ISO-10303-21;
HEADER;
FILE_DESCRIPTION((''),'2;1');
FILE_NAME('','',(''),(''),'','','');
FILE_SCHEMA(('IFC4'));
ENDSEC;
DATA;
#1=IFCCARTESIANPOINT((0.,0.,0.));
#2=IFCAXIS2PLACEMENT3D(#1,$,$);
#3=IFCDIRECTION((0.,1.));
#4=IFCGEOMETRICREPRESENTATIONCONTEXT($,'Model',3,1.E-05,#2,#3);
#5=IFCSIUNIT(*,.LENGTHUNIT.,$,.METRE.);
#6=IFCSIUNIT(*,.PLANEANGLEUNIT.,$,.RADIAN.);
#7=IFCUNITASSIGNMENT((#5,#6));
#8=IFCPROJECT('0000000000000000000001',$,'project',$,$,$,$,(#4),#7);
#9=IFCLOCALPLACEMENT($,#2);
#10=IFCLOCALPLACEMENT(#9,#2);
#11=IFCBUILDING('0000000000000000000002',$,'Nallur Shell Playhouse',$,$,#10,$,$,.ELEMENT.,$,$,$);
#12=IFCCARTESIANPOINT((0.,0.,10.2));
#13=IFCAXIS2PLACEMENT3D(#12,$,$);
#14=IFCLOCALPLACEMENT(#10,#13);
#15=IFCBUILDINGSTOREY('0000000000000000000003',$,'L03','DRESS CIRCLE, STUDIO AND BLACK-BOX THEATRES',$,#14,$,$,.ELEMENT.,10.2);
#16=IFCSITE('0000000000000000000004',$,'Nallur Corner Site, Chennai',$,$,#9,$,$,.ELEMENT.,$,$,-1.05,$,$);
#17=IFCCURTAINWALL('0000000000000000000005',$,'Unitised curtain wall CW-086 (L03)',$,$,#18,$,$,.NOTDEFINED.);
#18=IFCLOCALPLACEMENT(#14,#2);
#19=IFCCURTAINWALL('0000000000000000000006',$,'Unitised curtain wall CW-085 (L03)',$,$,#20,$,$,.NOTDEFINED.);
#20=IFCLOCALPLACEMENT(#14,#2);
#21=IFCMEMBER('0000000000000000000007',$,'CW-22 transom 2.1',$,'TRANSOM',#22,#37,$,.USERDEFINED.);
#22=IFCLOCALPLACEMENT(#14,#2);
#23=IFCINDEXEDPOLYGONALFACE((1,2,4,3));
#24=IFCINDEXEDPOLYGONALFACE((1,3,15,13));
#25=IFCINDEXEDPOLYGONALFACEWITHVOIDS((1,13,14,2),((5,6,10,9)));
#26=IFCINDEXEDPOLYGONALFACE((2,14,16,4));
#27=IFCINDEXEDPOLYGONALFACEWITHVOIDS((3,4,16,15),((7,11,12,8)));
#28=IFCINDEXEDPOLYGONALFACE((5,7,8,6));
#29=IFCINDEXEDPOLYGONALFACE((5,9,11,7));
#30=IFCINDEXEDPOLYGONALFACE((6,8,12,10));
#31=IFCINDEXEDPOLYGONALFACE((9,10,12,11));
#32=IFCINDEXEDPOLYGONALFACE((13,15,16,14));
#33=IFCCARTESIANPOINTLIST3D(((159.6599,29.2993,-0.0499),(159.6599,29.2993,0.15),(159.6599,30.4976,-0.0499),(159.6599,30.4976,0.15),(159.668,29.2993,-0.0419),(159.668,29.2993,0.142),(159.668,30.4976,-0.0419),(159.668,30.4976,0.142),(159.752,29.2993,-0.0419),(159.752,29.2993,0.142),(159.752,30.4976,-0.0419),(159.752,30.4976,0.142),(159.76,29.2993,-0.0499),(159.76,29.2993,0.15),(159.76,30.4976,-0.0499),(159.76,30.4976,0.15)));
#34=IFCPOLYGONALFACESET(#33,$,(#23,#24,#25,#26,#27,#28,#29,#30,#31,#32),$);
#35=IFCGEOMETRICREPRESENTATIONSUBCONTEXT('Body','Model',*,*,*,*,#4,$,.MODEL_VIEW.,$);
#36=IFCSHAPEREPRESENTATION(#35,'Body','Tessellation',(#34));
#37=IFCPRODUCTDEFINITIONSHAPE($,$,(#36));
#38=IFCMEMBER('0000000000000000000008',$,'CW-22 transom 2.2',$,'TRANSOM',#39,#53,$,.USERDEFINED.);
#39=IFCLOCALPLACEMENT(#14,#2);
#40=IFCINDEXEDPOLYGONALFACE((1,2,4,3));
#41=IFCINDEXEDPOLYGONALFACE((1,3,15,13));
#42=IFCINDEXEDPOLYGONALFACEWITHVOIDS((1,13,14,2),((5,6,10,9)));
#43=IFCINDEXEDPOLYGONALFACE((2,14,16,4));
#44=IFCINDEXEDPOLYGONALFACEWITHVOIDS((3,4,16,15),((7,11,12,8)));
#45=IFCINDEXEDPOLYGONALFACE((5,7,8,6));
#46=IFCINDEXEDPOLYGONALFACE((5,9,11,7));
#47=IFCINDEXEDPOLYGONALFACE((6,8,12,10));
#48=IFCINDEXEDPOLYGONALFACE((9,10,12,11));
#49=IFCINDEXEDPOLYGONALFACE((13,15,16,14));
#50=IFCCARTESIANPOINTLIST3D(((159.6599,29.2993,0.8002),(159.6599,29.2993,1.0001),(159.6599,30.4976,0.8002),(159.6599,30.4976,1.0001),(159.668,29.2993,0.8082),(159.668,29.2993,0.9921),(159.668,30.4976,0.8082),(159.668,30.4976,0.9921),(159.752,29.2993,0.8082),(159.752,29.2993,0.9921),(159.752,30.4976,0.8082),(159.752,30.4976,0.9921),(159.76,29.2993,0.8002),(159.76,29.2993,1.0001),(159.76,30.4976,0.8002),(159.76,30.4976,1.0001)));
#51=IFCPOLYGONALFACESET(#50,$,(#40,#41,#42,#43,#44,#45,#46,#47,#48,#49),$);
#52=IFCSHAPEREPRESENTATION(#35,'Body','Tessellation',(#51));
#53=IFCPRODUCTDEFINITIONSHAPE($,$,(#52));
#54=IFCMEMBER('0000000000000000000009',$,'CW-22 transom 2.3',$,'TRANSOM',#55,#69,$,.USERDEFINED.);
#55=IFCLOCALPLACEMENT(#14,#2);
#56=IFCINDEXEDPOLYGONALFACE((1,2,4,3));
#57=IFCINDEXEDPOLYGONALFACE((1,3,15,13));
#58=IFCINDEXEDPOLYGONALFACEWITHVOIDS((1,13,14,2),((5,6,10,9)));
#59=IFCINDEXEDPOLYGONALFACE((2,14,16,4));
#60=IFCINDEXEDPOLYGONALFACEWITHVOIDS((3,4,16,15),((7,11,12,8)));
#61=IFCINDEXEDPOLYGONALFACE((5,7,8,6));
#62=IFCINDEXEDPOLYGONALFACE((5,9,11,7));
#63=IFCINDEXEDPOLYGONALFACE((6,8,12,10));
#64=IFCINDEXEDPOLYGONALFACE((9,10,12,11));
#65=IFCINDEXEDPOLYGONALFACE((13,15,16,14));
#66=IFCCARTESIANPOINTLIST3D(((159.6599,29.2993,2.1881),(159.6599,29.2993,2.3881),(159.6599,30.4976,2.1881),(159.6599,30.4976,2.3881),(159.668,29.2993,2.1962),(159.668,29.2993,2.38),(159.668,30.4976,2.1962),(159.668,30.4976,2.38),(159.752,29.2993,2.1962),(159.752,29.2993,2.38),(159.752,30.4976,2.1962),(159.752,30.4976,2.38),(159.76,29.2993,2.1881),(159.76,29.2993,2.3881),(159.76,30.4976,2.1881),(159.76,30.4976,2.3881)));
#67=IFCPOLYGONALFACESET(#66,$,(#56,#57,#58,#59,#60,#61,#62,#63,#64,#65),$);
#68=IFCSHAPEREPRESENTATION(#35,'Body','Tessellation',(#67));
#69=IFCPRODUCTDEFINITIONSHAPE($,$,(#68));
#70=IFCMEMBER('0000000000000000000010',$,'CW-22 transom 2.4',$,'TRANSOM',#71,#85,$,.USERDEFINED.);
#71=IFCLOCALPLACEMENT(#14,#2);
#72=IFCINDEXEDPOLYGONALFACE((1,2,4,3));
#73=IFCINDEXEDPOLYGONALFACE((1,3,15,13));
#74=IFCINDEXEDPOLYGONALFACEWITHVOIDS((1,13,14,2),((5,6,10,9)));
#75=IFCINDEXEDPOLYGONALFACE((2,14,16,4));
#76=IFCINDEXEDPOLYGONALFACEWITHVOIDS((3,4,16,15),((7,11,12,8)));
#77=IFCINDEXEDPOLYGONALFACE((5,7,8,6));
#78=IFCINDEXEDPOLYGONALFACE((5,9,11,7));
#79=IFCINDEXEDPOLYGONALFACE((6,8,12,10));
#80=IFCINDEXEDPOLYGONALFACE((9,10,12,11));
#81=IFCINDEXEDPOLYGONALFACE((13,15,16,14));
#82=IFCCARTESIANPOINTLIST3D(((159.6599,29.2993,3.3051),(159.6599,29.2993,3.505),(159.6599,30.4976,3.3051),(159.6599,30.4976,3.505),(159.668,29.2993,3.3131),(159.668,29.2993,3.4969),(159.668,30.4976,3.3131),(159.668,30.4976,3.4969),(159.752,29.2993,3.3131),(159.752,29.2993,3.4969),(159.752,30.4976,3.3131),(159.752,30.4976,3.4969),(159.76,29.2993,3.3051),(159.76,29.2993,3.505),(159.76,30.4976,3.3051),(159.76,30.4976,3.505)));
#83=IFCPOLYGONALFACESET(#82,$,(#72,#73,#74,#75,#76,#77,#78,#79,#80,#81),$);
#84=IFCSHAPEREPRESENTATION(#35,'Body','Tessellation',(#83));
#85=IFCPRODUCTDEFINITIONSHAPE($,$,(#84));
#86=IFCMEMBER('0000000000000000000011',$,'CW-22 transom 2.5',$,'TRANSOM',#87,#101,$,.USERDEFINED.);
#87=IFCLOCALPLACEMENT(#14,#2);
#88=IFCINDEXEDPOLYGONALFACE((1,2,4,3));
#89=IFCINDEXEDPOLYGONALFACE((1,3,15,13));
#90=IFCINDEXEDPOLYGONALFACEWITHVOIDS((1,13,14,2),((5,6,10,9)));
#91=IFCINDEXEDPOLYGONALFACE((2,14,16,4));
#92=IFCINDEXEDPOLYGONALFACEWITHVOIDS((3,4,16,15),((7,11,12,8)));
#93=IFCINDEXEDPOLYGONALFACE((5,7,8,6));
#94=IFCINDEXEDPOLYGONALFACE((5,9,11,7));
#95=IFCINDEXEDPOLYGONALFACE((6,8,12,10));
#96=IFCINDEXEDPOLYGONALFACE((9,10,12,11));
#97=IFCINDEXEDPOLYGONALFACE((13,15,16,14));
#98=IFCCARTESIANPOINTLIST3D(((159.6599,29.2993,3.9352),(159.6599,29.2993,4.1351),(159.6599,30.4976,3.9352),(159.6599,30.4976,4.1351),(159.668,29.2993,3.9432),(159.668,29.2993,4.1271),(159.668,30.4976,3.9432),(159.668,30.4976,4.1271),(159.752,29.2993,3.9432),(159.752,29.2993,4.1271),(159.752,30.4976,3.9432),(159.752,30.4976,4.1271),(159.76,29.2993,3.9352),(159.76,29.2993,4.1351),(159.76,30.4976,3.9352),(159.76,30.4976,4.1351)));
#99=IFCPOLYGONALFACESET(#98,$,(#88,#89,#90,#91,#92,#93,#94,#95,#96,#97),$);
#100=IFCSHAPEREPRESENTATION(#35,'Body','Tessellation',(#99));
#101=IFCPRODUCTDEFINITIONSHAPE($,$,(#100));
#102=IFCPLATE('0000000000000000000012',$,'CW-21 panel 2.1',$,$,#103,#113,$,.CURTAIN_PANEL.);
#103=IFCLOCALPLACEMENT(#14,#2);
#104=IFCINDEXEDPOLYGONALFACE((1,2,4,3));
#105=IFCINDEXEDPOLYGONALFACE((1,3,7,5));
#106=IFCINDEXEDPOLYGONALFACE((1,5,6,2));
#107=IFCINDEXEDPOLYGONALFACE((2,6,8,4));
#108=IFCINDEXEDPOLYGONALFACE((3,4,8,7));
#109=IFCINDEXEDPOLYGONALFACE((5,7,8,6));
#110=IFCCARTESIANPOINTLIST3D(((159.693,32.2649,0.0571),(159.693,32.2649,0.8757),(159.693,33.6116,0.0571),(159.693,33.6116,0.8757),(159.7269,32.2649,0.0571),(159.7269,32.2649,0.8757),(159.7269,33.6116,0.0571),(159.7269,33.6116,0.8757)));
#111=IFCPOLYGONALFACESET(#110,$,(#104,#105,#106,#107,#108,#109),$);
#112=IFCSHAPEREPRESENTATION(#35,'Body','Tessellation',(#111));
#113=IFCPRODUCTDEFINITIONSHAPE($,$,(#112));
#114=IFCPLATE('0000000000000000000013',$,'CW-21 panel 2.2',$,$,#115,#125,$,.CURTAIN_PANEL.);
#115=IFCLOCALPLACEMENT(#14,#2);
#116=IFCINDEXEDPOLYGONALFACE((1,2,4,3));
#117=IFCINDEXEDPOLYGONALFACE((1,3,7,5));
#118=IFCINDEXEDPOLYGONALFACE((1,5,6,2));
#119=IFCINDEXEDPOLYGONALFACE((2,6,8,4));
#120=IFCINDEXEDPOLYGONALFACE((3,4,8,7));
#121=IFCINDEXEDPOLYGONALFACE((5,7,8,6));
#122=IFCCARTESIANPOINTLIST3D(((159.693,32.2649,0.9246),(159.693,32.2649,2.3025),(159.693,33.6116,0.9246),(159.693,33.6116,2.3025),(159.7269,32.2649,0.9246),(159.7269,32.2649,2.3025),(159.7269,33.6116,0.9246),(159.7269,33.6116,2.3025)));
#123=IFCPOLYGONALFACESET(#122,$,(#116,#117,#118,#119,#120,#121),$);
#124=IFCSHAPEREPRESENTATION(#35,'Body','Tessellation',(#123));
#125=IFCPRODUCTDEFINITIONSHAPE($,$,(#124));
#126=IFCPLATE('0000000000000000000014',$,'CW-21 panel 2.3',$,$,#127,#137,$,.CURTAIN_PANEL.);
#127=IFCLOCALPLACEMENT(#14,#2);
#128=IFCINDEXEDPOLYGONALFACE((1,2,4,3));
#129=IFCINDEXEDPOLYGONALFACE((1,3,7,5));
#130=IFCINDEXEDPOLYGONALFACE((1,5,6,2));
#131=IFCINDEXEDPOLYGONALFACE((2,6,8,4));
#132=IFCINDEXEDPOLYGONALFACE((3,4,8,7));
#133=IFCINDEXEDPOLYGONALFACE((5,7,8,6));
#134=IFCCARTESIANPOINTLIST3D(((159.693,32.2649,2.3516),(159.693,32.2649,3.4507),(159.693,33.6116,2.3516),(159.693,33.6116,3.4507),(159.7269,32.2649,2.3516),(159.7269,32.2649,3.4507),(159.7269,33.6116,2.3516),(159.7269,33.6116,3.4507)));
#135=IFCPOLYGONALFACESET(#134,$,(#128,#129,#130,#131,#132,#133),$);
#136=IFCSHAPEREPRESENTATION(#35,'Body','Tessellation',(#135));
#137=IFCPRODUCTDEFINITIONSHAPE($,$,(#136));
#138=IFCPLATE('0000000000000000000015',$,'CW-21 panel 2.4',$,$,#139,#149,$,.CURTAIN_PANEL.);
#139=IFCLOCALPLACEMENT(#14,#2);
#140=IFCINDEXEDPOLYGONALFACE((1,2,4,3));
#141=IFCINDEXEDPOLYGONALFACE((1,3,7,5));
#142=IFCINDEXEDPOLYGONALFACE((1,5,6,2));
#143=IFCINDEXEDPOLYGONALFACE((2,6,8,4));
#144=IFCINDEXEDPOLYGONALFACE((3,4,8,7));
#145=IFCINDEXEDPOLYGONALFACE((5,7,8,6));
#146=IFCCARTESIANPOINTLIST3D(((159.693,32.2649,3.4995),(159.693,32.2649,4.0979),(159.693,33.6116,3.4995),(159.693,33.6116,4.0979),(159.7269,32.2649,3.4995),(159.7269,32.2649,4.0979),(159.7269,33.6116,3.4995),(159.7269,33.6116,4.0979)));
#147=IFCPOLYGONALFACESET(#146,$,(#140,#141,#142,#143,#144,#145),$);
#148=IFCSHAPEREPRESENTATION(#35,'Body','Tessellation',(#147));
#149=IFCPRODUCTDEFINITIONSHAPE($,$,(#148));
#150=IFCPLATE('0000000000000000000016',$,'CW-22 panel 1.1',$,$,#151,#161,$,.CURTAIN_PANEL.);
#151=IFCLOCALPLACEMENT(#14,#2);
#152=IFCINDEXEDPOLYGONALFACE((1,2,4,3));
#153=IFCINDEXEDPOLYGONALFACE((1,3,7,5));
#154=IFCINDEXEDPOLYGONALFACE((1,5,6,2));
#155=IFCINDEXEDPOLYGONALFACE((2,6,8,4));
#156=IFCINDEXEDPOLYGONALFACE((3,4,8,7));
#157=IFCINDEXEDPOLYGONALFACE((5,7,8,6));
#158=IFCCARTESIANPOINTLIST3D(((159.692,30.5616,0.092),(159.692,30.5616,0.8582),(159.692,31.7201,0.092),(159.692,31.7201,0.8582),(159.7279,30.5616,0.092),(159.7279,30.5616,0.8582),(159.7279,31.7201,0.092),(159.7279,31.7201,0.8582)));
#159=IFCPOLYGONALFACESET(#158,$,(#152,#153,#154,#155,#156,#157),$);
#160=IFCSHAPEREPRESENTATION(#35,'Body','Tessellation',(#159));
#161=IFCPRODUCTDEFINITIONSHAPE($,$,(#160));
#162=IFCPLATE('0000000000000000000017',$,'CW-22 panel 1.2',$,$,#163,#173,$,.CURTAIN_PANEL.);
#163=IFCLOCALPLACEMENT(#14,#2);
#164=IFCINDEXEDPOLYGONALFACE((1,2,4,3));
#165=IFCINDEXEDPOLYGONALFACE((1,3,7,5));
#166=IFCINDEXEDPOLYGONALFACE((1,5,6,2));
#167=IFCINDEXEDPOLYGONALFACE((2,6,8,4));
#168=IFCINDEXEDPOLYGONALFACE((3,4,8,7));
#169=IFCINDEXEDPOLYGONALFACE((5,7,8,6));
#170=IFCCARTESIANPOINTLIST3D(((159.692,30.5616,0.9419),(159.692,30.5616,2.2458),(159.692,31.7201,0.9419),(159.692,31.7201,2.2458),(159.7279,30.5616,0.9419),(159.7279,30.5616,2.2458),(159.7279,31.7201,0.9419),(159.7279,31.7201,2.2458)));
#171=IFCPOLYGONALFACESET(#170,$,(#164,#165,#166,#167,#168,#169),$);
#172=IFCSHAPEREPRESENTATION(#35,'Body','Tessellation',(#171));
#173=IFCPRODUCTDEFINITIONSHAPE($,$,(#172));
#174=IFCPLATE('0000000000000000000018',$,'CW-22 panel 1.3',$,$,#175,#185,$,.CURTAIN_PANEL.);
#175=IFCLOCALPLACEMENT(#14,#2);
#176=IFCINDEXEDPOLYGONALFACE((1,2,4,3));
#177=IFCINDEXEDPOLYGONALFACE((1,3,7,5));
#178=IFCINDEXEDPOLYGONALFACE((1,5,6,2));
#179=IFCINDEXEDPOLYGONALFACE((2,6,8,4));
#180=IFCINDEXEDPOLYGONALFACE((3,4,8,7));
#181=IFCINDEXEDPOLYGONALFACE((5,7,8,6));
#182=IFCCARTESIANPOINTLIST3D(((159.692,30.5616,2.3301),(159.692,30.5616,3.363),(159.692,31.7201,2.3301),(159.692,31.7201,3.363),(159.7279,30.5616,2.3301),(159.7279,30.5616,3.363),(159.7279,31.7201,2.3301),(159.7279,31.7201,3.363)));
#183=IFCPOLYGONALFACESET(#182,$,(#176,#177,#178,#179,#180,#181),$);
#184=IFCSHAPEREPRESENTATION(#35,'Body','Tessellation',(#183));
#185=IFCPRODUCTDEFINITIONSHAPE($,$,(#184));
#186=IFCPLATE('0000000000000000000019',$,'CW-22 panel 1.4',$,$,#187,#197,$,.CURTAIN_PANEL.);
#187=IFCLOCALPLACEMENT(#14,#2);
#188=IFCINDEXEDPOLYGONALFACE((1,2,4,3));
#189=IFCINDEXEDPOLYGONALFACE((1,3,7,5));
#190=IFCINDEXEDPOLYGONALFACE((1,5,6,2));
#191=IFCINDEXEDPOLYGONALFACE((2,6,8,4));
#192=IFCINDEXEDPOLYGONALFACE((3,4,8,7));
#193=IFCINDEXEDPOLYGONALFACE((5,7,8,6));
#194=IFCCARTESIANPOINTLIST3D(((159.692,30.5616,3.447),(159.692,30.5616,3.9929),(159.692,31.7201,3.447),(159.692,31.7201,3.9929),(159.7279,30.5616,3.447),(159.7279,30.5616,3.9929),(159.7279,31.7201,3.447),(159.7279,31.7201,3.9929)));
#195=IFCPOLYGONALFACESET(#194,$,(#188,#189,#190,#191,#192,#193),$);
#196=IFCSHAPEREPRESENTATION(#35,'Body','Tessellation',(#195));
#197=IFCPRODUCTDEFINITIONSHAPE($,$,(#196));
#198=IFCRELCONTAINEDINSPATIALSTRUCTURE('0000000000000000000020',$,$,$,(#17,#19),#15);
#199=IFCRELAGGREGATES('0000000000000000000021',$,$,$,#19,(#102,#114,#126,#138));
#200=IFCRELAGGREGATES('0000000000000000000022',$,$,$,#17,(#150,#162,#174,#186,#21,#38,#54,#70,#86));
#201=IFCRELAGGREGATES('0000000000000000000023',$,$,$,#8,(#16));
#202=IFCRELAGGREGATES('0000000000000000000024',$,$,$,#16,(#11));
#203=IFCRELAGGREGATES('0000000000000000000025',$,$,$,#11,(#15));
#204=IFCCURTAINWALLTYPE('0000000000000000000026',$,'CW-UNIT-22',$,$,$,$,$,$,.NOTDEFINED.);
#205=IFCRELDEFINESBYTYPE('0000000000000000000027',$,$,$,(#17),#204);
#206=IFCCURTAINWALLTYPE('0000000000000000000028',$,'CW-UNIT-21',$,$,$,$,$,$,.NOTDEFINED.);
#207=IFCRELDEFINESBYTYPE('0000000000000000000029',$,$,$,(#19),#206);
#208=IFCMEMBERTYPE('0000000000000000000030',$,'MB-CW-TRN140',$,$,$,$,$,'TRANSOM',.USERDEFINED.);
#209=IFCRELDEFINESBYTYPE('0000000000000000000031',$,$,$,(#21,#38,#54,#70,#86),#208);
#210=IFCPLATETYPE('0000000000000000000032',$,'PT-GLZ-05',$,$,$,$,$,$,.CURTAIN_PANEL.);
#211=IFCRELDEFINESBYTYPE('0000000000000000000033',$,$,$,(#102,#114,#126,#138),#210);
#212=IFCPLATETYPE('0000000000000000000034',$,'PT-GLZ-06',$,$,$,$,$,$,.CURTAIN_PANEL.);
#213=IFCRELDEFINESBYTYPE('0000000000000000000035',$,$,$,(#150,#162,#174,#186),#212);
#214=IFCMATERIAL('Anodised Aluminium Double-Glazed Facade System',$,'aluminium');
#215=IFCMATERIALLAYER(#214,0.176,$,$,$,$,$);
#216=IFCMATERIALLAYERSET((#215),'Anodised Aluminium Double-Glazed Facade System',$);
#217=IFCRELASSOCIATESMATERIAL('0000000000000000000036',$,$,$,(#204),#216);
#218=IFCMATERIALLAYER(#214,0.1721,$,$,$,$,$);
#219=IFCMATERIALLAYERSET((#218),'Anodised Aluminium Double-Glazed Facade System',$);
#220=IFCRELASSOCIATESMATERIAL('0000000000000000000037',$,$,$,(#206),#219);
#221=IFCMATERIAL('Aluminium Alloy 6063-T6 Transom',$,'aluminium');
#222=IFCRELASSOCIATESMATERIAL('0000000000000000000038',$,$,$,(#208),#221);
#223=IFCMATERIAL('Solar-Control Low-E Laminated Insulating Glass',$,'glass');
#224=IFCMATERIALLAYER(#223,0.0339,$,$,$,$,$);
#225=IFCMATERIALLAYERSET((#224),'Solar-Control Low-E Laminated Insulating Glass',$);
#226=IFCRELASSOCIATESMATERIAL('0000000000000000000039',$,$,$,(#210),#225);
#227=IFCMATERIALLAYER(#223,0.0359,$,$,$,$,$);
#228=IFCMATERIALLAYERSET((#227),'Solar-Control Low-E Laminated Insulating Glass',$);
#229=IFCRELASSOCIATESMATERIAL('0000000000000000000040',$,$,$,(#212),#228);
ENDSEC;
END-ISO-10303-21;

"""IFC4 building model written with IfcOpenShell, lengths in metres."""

from ifc_helpers import new_model, si_unit, direction, frame, origin, origin_2d, place, context, subcontext, project, spatial, rectangle, hollow_rectangle, extrude, material, layer, layer_set, material_profile, profile_set, type_object, element, aggregate, save


model = new_model("IFC4")

# Units and contexts
model_context = context("Model", 3, precision=1e-05, world=origin(), true_north=direction((0.0, 1.0)))
body_context = subcontext(model_context, "Body", "Model", "MODEL_VIEW")
ifc_project = project(units=[si_unit("LENGTHUNIT", "METRE"), si_unit("PLANEANGLEUNIT", "RADIAN")], contexts=[model_context])

# Site, building, storey
site_placement = place(None, origin())
site = spatial("IfcSite", under=ifc_project, at=site_placement, Name="Nallur Corner Site, Chennai", CompositionType="ELEMENT", RefElevation=-1.05)
building_placement = place(site_placement, origin())
building = spatial("IfcBuilding", under=site, at=building_placement, Name="Nallur Shell Playhouse", CompositionType="ELEMENT")
storey_placement = place(building_placement, frame((0.0, 0.0, 10.2)))
storey = spatial("IfcBuildingStorey", under=building, at=storey_placement, Name="L03", Description="DRESS CIRCLE, STUDIO AND BLACK-BOX THEATRES", CompositionType="ELEMENT", Elevation=10.2)

# Curtain walls
ifc_material_1 = material(Name="Anodised Aluminium Double-Glazed Facade System", Category="aluminium")
ifc_layer_1 = layer(ifc_material_1, 0.176)
ifc_layer_set_1 = layer_set([ifc_layer_1], Name="Anodised Aluminium Double-Glazed Facade System")
curtain_wall_type_1 = type_object("IfcCurtainWallType", Name="CW-UNIT-22", PredefinedType="NOTDEFINED", material=ifc_layer_set_1)
curtain_wall_1_placement = place(storey_placement, origin())
curtain_wall_1 = element("IfcCurtainWall", 1, at=curtain_wall_1_placement, inside=storey, type_object=curtain_wall_type_1, Name="Unitised curtain wall CW-086 (L03)", PredefinedType="NOTDEFINED")
ifc_layer_2 = layer(ifc_material_1, 0.1721)
ifc_layer_set_2 = layer_set([ifc_layer_2], Name="Anodised Aluminium Double-Glazed Facade System")
curtain_wall_type_2 = type_object("IfcCurtainWallType", Name="CW-UNIT-21", PredefinedType="NOTDEFINED", material=ifc_layer_set_2)
curtain_wall_2_placement = place(storey_placement, origin())
curtain_wall_2 = element("IfcCurtainWall", 2, at=curtain_wall_2_placement, inside=storey, type_object=curtain_wall_type_2, Name="Unitised curtain wall CW-085 (L03)", PredefinedType="NOTDEFINED")
ifc_material_2 = material(Name="Aluminium Alloy 6063-T6 Transom", Category="aluminium")

# Members
ifc_material_profile_1 = material_profile(ifc_material_2, hollow_rectangle(XDim=0.1001, YDim=0.2, WallThickness=0.0081, at=origin_2d()), Name="RHS 200x100x8")
ifc_profile_set_1 = profile_set([ifc_material_profile_1], Name="Aluminium Alloy 6063-T6 Transom")
member_type_1 = type_object("IfcMemberType", Name="MB-CW-TRN140", ElementType="TRANSOM", PredefinedType="USERDEFINED", material=ifc_profile_set_1)
member_1_placement = place(storey_placement, frame((159.71, 30.4976, 0.05), z_axis=(0.0, -1.0, 0.0), x_axis=(1.0, 0.0, 0.0)))
member_1 = element("IfcMember", 3, at=member_1_placement, type_object=member_type_1, Name="CW-22 transom 2.1", ObjectType="TRANSOM", PredefinedType="USERDEFINED", context=body_context, shape_type="SweptSolid", body=[
    extrude(hollow_rectangle(XDim=0.1001, YDim=0.2, WallThickness=0.0081, at=origin_2d()), origin(), (0.0, 0.0, 1.0), 1.1982),
])
member_2_placement = place(storey_placement, frame((159.71, 30.4976, 0.9001), z_axis=(0.0, -1.0, 0.0), x_axis=(1.0, 0.0, 0.0)))
member_2 = element("IfcMember", 4, at=member_2_placement, type_object=member_type_1, Name="CW-22 transom 2.2", ObjectType="TRANSOM", PredefinedType="USERDEFINED", context=body_context, shape_type="SweptSolid", body=[
    extrude(hollow_rectangle(XDim=0.1001, YDim=0.2, WallThickness=0.0081, at=origin_2d()), origin(), (0.0, 0.0, 1.0), 1.1982),
])
member_3_placement = place(storey_placement, frame((159.71, 30.4976, 2.2881), z_axis=(0.0, -1.0, 0.0), x_axis=(1.0, 0.0, 0.0)))
member_3 = element("IfcMember", 5, at=member_3_placement, type_object=member_type_1, Name="CW-22 transom 2.3", ObjectType="TRANSOM", PredefinedType="USERDEFINED", context=body_context, shape_type="SweptSolid", body=[
    extrude(hollow_rectangle(XDim=0.1001, YDim=0.2, WallThickness=0.0081, at=origin_2d()), origin(), (0.0, 0.0, 1.0), 1.1982),
])
member_4_placement = place(storey_placement, frame((159.71, 30.4976, 3.405), z_axis=(0.0, -1.0, 0.0), x_axis=(1.0, 0.0, 0.0)))
member_4 = element("IfcMember", 6, at=member_4_placement, type_object=member_type_1, Name="CW-22 transom 2.4", ObjectType="TRANSOM", PredefinedType="USERDEFINED", context=body_context, shape_type="SweptSolid", body=[
    extrude(hollow_rectangle(XDim=0.1001, YDim=0.2, WallThickness=0.0081, at=origin_2d()), origin(), (0.0, 0.0, 1.0), 1.1982),
])
member_5_placement = place(storey_placement, frame((159.71, 30.4976, 4.0352), z_axis=(0.0, -1.0, 0.0), x_axis=(1.0, 0.0, 0.0)))
member_5 = element("IfcMember", 7, at=member_5_placement, type_object=member_type_1, Name="CW-22 transom 2.5", ObjectType="TRANSOM", PredefinedType="USERDEFINED", context=body_context, shape_type="SweptSolid", body=[
    extrude(hollow_rectangle(XDim=0.1001, YDim=0.2, WallThickness=0.0081, at=origin_2d()), origin(), (0.0, 0.0, 1.0), 1.1982),
])

# Plates
ifc_material_3 = material(Name="Solar-Control Low-E Laminated Insulating Glass", Category="glass")
ifc_layer_3 = layer(ifc_material_3, 0.0339)
ifc_layer_set_3 = layer_set([ifc_layer_3], Name="Solar-Control Low-E Laminated Insulating Glass")
plate_type_1 = type_object("IfcPlateType", Name="PT-GLZ-05", PredefinedType="CURTAIN_PANEL", material=ifc_layer_set_3)
plate_1_placement = place(storey_placement, frame((159.71, 32.9382, 0.0571), z_axis=(0.0, 0.0, 1.0), x_axis=(0.0, -1.0, 0.0)))
plate_1 = element("IfcPlate", 8, at=plate_1_placement, type_object=plate_type_1, Name="CW-21 panel 2.1", PredefinedType="CURTAIN_PANEL", context=body_context, shape_type="SweptSolid", body=[
    extrude(rectangle(XDim=1.3467, YDim=0.0339, at=origin_2d()), origin(), (0.0, 0.0, 1.0), 0.8186),
])
plate_2_placement = place(storey_placement, frame((159.71, 32.9382, 0.9246), z_axis=(0.0, 0.0, 1.0), x_axis=(0.0, -1.0, 0.0)))
plate_2 = element("IfcPlate", 9, at=plate_2_placement, type_object=plate_type_1, Name="CW-21 panel 2.2", PredefinedType="CURTAIN_PANEL", context=body_context, shape_type="SweptSolid", body=[
    extrude(rectangle(XDim=1.3467, YDim=0.0339, at=origin_2d()), origin(), (0.0, 0.0, 1.0), 1.3779),
])
plate_3_placement = place(storey_placement, frame((159.71, 32.9382, 2.3516), z_axis=(0.0, 0.0, 1.0), x_axis=(0.0, -1.0, 0.0)))
plate_3 = element("IfcPlate", 10, at=plate_3_placement, type_object=plate_type_1, Name="CW-21 panel 2.3", PredefinedType="CURTAIN_PANEL", context=body_context, shape_type="SweptSolid", body=[
    extrude(rectangle(XDim=1.3467, YDim=0.0339, at=origin_2d()), origin(), (0.0, 0.0, 1.0), 1.0991),
])
plate_4_placement = place(storey_placement, frame((159.71, 32.9382, 3.4995), z_axis=(0.0, 0.0, 1.0), x_axis=(0.0, -1.0, 0.0)))
plate_4 = element("IfcPlate", 11, at=plate_4_placement, type_object=plate_type_1, Name="CW-21 panel 2.4", PredefinedType="CURTAIN_PANEL", context=body_context, shape_type="SweptSolid", body=[
    extrude(rectangle(XDim=1.3467, YDim=0.0339, at=origin_2d()), origin(), (0.0, 0.0, 1.0), 0.5984),
])
aggregate(curtain_wall_2, [plate_1, plate_2, plate_3, plate_4])
ifc_layer_4 = layer(ifc_material_3, 0.0359)
ifc_layer_set_4 = layer_set([ifc_layer_4], Name="Solar-Control Low-E Laminated Insulating Glass")
plate_type_2 = type_object("IfcPlateType", Name="PT-GLZ-06", PredefinedType="CURTAIN_PANEL", material=ifc_layer_set_4)
plate_5_placement = place(storey_placement, frame((159.71, 31.1409, 0.092), z_axis=(0.0, 0.0, 1.0), x_axis=(0.0, -1.0, 0.0)))
plate_5 = element("IfcPlate", 12, at=plate_5_placement, type_object=plate_type_2, Name="CW-22 panel 1.1", PredefinedType="CURTAIN_PANEL", context=body_context, shape_type="SweptSolid", body=[
    extrude(rectangle(XDim=1.1584, YDim=0.0359, at=origin_2d()), origin(), (0.0, 0.0, 1.0), 0.7661),
])
plate_6_placement = place(storey_placement, frame((159.71, 31.1409, 0.9419), z_axis=(0.0, 0.0, 1.0), x_axis=(0.0, -1.0, 0.0)))
plate_6 = element("IfcPlate", 13, at=plate_6_placement, type_object=plate_type_2, Name="CW-22 panel 1.2", PredefinedType="CURTAIN_PANEL", context=body_context, shape_type="SweptSolid", body=[
    extrude(rectangle(XDim=1.1584, YDim=0.0359, at=origin_2d()), origin(), (0.0, 0.0, 1.0), 1.304),
])
plate_7_placement = place(storey_placement, frame((159.71, 31.1409, 2.3301), z_axis=(0.0, 0.0, 1.0), x_axis=(0.0, -1.0, 0.0)))
plate_7 = element("IfcPlate", 14, at=plate_7_placement, type_object=plate_type_2, Name="CW-22 panel 1.3", PredefinedType="CURTAIN_PANEL", context=body_context, shape_type="SweptSolid", body=[
    extrude(rectangle(XDim=1.1584, YDim=0.0359, at=origin_2d()), origin(), (0.0, 0.0, 1.0), 1.033),
])
plate_8_placement = place(storey_placement, frame((159.71, 31.1409, 3.447), z_axis=(0.0, 0.0, 1.0), x_axis=(0.0, -1.0, 0.0)))
plate_8 = element("IfcPlate", 15, at=plate_8_placement, type_object=plate_type_2, Name="CW-22 panel 1.4", PredefinedType="CURTAIN_PANEL", context=body_context, shape_type="SweptSolid", body=[
    extrude(rectangle(XDim=1.1584, YDim=0.0359, at=origin_2d()), origin(), (0.0, 0.0, 1.0), 0.5459),
])
aggregate(curtain_wall_1, [plate_5, plate_6, plate_7, plate_8, member_1, member_2, member_3, member_4, member_5])

save(model, "model.ifc")
